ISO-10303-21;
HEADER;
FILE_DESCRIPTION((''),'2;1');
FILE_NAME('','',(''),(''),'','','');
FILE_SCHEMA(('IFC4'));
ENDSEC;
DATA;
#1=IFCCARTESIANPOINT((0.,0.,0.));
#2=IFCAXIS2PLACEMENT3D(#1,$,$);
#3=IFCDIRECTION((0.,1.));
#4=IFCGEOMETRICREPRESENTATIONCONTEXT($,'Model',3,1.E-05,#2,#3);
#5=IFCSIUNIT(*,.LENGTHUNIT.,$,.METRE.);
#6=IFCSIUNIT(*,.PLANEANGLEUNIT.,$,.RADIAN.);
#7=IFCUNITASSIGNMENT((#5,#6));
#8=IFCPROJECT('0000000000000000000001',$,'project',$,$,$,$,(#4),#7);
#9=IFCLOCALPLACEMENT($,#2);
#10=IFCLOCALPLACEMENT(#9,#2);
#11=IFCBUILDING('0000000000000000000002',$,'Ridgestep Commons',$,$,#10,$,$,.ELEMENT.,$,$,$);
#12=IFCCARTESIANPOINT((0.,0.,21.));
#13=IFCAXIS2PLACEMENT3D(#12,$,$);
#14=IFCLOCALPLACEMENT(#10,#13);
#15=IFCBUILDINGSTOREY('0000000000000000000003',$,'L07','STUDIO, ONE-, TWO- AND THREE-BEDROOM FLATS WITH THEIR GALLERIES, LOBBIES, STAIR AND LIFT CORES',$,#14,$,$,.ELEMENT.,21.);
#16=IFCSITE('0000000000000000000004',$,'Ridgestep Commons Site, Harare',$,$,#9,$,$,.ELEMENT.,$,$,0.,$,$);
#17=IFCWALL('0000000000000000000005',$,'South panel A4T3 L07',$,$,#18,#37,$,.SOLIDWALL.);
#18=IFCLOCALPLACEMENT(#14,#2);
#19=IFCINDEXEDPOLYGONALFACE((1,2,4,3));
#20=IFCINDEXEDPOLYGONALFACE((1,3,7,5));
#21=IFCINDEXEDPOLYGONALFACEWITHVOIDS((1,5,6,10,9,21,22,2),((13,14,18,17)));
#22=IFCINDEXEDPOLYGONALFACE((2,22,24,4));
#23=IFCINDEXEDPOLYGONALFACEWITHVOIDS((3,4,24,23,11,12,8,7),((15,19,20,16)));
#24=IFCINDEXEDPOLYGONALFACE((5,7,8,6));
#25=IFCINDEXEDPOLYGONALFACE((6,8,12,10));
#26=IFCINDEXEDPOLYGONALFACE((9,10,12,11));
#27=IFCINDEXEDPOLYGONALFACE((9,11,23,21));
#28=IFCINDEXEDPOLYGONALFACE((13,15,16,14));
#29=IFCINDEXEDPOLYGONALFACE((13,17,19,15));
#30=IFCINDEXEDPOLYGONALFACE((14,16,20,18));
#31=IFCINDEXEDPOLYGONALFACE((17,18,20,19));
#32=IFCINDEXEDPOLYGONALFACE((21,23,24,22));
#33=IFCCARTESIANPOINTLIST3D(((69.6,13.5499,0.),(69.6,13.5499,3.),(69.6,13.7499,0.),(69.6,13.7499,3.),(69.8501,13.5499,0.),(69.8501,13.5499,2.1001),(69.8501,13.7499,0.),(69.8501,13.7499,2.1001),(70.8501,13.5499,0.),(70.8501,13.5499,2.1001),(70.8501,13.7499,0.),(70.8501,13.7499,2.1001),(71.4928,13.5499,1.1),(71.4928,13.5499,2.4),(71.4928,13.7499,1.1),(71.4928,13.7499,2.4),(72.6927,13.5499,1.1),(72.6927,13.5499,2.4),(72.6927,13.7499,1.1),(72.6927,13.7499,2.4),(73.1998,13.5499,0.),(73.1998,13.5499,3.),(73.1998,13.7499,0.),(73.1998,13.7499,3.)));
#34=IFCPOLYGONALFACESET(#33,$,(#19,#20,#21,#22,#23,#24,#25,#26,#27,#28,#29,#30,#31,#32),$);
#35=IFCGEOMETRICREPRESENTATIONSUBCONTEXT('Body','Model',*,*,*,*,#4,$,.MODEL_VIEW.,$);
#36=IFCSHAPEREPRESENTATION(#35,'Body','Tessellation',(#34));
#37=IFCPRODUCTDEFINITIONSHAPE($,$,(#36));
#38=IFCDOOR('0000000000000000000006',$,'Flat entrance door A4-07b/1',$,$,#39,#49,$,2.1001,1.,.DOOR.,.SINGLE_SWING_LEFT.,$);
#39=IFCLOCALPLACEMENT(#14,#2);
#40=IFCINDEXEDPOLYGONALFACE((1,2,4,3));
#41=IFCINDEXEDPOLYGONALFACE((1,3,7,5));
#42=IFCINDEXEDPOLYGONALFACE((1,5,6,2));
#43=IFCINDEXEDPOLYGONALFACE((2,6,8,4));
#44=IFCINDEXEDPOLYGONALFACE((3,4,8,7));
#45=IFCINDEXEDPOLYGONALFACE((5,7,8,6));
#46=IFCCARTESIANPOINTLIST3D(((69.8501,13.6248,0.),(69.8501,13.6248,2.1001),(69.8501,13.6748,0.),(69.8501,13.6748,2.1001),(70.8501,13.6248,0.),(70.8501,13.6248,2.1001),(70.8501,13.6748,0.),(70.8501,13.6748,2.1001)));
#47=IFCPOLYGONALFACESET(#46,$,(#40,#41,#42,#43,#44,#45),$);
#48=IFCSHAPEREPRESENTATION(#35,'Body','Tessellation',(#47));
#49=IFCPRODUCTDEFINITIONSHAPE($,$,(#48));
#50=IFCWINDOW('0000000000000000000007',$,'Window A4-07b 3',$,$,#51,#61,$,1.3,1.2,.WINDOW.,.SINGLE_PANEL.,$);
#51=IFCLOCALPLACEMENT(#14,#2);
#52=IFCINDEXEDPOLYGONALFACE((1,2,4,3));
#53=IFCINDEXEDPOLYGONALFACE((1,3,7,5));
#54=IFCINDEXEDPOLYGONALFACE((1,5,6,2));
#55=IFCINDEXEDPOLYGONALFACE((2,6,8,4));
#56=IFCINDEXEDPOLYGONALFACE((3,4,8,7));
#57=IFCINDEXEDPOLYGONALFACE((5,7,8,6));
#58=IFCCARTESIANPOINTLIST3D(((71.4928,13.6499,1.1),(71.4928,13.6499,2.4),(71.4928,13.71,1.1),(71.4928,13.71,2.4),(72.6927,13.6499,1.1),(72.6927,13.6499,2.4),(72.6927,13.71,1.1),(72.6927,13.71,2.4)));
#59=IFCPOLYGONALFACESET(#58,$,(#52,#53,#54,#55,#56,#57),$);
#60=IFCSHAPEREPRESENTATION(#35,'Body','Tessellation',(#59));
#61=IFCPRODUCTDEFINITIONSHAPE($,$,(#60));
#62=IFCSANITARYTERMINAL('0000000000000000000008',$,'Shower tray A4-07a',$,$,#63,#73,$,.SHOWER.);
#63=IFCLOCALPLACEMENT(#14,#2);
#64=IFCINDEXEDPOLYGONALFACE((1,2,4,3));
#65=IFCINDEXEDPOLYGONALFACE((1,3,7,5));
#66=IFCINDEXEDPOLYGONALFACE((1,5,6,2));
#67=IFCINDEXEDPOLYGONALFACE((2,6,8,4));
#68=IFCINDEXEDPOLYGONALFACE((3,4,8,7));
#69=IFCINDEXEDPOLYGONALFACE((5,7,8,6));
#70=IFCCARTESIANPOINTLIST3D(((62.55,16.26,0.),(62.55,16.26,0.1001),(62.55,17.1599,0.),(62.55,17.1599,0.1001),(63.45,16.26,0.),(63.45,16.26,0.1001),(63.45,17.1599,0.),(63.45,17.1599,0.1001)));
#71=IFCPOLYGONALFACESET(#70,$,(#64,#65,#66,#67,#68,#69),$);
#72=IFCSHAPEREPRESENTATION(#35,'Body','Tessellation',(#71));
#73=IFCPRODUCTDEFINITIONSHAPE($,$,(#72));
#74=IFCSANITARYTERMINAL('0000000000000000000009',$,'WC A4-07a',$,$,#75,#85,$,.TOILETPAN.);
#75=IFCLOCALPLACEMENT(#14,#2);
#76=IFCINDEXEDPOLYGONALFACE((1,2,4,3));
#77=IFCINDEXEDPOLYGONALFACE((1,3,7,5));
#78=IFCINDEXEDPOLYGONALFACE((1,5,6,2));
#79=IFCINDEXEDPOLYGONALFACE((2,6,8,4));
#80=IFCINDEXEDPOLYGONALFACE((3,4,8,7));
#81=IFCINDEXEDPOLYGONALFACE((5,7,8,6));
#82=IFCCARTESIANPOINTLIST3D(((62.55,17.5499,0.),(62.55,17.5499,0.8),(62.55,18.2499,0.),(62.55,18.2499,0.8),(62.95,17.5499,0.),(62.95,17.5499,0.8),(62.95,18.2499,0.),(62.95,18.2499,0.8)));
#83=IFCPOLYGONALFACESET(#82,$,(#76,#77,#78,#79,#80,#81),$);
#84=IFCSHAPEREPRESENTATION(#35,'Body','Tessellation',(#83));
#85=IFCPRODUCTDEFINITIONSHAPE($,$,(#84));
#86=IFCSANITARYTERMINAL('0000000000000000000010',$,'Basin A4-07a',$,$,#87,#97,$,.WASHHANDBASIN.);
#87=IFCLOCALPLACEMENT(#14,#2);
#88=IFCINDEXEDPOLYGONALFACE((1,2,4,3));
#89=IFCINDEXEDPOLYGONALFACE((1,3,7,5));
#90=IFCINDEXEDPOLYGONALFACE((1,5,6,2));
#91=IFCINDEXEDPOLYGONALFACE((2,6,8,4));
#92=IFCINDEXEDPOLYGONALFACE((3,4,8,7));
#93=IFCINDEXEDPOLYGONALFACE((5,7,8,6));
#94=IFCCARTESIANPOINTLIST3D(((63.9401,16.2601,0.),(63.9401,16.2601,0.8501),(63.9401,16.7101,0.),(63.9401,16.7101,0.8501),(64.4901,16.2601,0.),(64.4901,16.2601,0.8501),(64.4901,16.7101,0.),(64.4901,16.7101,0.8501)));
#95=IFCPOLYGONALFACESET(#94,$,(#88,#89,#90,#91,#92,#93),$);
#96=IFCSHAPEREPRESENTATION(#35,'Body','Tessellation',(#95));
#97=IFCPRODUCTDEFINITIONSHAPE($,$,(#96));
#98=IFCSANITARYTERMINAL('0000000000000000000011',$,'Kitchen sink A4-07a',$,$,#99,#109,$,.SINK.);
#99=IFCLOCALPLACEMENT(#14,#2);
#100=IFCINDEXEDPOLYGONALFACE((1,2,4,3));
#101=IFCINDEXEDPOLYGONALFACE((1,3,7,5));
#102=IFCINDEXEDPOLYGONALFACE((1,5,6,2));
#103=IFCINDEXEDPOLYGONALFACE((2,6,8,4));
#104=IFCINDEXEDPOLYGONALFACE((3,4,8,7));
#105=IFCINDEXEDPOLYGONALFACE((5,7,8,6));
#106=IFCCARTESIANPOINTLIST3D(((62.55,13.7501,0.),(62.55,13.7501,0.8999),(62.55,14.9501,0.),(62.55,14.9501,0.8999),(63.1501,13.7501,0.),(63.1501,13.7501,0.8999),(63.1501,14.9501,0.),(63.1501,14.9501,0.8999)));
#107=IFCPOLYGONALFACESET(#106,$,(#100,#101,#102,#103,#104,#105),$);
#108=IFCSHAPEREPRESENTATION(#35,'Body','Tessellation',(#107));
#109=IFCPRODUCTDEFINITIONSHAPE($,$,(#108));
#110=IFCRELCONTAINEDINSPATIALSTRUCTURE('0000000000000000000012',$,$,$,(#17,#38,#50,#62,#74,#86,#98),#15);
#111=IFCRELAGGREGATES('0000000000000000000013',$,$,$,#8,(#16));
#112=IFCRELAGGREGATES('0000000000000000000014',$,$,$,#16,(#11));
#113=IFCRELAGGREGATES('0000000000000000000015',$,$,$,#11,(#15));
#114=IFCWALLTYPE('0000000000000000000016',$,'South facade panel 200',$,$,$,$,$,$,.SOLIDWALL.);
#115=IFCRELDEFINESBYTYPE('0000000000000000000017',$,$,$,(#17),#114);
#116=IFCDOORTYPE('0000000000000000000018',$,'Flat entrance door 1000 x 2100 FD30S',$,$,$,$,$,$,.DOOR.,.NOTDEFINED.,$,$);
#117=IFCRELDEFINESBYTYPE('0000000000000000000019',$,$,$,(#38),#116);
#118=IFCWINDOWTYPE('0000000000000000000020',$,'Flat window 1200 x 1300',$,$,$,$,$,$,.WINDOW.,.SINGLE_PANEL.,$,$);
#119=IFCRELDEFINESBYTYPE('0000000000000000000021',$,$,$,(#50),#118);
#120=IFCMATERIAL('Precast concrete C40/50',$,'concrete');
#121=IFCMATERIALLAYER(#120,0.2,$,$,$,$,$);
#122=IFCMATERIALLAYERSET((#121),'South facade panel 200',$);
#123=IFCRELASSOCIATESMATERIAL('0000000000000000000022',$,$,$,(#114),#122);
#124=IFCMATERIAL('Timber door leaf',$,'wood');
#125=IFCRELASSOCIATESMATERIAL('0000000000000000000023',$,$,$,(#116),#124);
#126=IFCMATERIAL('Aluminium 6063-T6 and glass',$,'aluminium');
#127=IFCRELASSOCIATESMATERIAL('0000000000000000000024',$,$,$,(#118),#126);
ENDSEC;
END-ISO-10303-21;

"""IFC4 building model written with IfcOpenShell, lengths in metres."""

from ifc_helpers import new_model, si_unit, direction, frame, frame_2d, origin, origin_2d, place, context, subcontext, project, spatial, rectangle, extrude, material, layer, layer_set, type_object, element, fill, save


model = new_model("IFC4")

# Units and contexts
model_context = context("Model", 3, precision=1e-05, world=origin(), true_north=direction((0.0, 1.0)))
body_context = subcontext(model_context, "Body", "Model", "MODEL_VIEW")
ifc_project = project(units=[si_unit("LENGTHUNIT", "METRE"), si_unit("PLANEANGLEUNIT", "RADIAN")], contexts=[model_context])

# Site, building, storey
site_placement = place(None, origin())
site = spatial("IfcSite", under=ifc_project, at=site_placement, Name="Ridgestep Commons Site, Harare", CompositionType="ELEMENT", RefElevation=0.0)
building_placement = place(site_placement, origin())
building = spatial("IfcBuilding", under=site, at=building_placement, Name="Ridgestep Commons", CompositionType="ELEMENT")
storey_placement = place(building_placement, frame((0.0, 0.0, 21.0)))
storey = spatial("IfcBuildingStorey", under=building, at=storey_placement, Name="L07", Description="STUDIO, ONE-, TWO- AND THREE-BEDROOM FLATS WITH THEIR GALLERIES, LOBBIES, STAIR AND LIFT CORES", CompositionType="ELEMENT", Elevation=21.0)

# Wall, openings, door, window
ifc_material_1 = material(Name="Precast concrete C40/50", Category="concrete")
ifc_layer_1 = layer(ifc_material_1, 0.2)
ifc_layer_set_1 = layer_set([ifc_layer_1], Name="South facade panel 200")
wall_type_1 = type_object("IfcWallType", Name="South facade panel 200", PredefinedType="SOLIDWALL", material=ifc_layer_set_1)
wall_1_placement = place(storey_placement, frame((69.6001, 13.6499, 0.0), z_axis=(0.0, 0.0, 1.0), x_axis=(1.0, 0.0, 0.0)))
wall_1 = element("IfcWall", 1, at=wall_1_placement, inside=storey, type_object=wall_type_1, Name="South panel A4T3 L07", PredefinedType="SOLIDWALL", context=body_context, shape_type="SweptSolid", body=[
    extrude(rectangle(XDim=3.5999, YDim=0.2, at=frame_2d((1.7998, 0.0))), origin(), (0.0, 0.0, 1.0), 3.0),
])
opening_1_placement = place(wall_1_placement, frame((1.8926, 0.0, 1.1001)))
opening_1 = element("IfcOpeningElement", 2, at=opening_1_placement, cuts=wall_1, PredefinedType="OPENING", context=body_context, shape_type="SweptSolid", body=[
    extrude(rectangle(XDim=1.2, YDim=1.3, at=frame_2d((0.6001, 0.6499))), frame((0.0, 0.1099, 0.0), z_axis=(0.0, -1.0, 0.0), x_axis=(1.0, 0.0, 0.0)), (0.0, 0.0, 1.0), 0.22),
])
opening_2_placement = place(wall_1_placement, frame((0.25, 0.0, 0.0)))
opening_2 = element("IfcOpeningElement", 3, at=opening_2_placement, cuts=wall_1, PredefinedType="OPENING", context=body_context, shape_type="SweptSolid", body=[
    extrude(rectangle(XDim=1.0, YDim=2.1001, at=frame_2d((0.5, 1.05))), frame((0.0, 0.1099, 0.0), z_axis=(0.0, -1.0, 0.0), x_axis=(1.0, 0.0, 0.0)), (0.0, 0.0, 1.0), 0.22),
])
ifc_material_2 = material(Name="Timber door leaf", Category="wood")
door_type_1 = type_object("IfcDoorType", Name="Flat entrance door 1000 x 2100 FD30S", OperationType="NOTDEFINED", PredefinedType="DOOR", material=ifc_material_2)
door_1_placement = place(opening_2_placement, origin())
door_1 = element("IfcDoor", 4, at=door_1_placement, inside=storey, type_object=door_type_1, Name="Flat entrance door A4-07b/1", OperationType="SINGLE_SWING_LEFT", OverallHeight=2.1001, OverallWidth=1.0, PredefinedType="DOOR", context=body_context, shape_type="SweptSolid", body=[
    extrude(rectangle(XDim=1.0, YDim=2.1001, at=frame_2d((0.5, 1.05))), frame((0.0, 0.0249, 0.0), z_axis=(0.0, -1.0, 0.0), x_axis=(1.0, 0.0, 0.0)), (0.0, 0.0, 1.0), 0.05),
])
fill(opening_2, door_1)
ifc_material_3 = material(Name="Aluminium 6063-T6 and glass", Category="aluminium")
window_type_1 = type_object("IfcWindowType", Name="Flat window 1200 x 1300", PartitioningType="SINGLE_PANEL", PredefinedType="WINDOW", material=ifc_material_3)
window_1_placement = place(opening_1_placement, origin())
window_1 = element("IfcWindow", 5, at=window_1_placement, inside=storey, type_object=window_type_1, Name="Window A4-07b 3", OverallHeight=1.3, OverallWidth=1.2, PartitioningType="SINGLE_PANEL", PredefinedType="WINDOW", context=body_context, shape_type="SweptSolid", body=[
    extrude(rectangle(XDim=1.2, YDim=1.3, at=frame_2d((0.6001, 0.6499))), frame((0.0, 0.0601, 0.0), z_axis=(0.0, -1.0, 0.0), x_axis=(1.0, 0.0, 0.0)), (0.0, 0.0, 1.0), 0.0601),
])
fill(opening_1, window_1)

# Sanitary terminals
sanitary_terminal_1_placement = place(storey_placement, frame((63.0, 16.71, 0.0), z_axis=(0.0, 0.0, 1.0), x_axis=(1.0, 0.0, 0.0)))
element("IfcSanitaryTerminal", 6, at=sanitary_terminal_1_placement, inside=storey, Name="Shower tray A4-07a", PredefinedType="SHOWER", context=body_context, shape_type="SweptSolid", body=[
    extrude(rectangle(XDim=0.8999, YDim=0.8999, at=origin_2d()), origin(), (0.0, 0.0, 1.0), 0.1001),
])
sanitary_terminal_2_placement = place(storey_placement, frame((62.75, 17.8999, 0.0), z_axis=(0.0, 0.0, 1.0), x_axis=(1.0, 0.0, 0.0)))
element("IfcSanitaryTerminal", 7, at=sanitary_terminal_2_placement, inside=storey, Name="WC A4-07a", PredefinedType="TOILETPAN", context=body_context, shape_type="SweptSolid", body=[
    extrude(rectangle(XDim=0.3999, YDim=0.7, at=origin_2d()), origin(), (0.0, 0.0, 1.0), 0.8),
])
sanitary_terminal_3_placement = place(storey_placement, frame((64.2151, 16.4851, 0.0), z_axis=(0.0, 0.0, 1.0), x_axis=(1.0, 0.0, 0.0)))
element("IfcSanitaryTerminal", 8, at=sanitary_terminal_3_placement, inside=storey, Name="Basin A4-07a", PredefinedType="WASHHANDBASIN", context=body_context, shape_type="SweptSolid", body=[
    extrude(rectangle(XDim=0.55, YDim=0.45, at=origin_2d()), origin(), (0.0, 0.0, 1.0), 0.8501),
])
sanitary_terminal_4_placement = place(storey_placement, frame((62.8501, 14.3501, 0.0), z_axis=(0.0, 0.0, 1.0), x_axis=(1.0, 0.0, 0.0)))
element("IfcSanitaryTerminal", 9, at=sanitary_terminal_4_placement, inside=storey, Name="Kitchen sink A4-07a", PredefinedType="SINK", context=body_context, shape_type="SweptSolid", body=[
    extrude(rectangle(XDim=0.6001, YDim=1.2, at=origin_2d()), origin(), (0.0, 0.0, 1.0), 0.8999),
])

save(model, "model.ifc")
